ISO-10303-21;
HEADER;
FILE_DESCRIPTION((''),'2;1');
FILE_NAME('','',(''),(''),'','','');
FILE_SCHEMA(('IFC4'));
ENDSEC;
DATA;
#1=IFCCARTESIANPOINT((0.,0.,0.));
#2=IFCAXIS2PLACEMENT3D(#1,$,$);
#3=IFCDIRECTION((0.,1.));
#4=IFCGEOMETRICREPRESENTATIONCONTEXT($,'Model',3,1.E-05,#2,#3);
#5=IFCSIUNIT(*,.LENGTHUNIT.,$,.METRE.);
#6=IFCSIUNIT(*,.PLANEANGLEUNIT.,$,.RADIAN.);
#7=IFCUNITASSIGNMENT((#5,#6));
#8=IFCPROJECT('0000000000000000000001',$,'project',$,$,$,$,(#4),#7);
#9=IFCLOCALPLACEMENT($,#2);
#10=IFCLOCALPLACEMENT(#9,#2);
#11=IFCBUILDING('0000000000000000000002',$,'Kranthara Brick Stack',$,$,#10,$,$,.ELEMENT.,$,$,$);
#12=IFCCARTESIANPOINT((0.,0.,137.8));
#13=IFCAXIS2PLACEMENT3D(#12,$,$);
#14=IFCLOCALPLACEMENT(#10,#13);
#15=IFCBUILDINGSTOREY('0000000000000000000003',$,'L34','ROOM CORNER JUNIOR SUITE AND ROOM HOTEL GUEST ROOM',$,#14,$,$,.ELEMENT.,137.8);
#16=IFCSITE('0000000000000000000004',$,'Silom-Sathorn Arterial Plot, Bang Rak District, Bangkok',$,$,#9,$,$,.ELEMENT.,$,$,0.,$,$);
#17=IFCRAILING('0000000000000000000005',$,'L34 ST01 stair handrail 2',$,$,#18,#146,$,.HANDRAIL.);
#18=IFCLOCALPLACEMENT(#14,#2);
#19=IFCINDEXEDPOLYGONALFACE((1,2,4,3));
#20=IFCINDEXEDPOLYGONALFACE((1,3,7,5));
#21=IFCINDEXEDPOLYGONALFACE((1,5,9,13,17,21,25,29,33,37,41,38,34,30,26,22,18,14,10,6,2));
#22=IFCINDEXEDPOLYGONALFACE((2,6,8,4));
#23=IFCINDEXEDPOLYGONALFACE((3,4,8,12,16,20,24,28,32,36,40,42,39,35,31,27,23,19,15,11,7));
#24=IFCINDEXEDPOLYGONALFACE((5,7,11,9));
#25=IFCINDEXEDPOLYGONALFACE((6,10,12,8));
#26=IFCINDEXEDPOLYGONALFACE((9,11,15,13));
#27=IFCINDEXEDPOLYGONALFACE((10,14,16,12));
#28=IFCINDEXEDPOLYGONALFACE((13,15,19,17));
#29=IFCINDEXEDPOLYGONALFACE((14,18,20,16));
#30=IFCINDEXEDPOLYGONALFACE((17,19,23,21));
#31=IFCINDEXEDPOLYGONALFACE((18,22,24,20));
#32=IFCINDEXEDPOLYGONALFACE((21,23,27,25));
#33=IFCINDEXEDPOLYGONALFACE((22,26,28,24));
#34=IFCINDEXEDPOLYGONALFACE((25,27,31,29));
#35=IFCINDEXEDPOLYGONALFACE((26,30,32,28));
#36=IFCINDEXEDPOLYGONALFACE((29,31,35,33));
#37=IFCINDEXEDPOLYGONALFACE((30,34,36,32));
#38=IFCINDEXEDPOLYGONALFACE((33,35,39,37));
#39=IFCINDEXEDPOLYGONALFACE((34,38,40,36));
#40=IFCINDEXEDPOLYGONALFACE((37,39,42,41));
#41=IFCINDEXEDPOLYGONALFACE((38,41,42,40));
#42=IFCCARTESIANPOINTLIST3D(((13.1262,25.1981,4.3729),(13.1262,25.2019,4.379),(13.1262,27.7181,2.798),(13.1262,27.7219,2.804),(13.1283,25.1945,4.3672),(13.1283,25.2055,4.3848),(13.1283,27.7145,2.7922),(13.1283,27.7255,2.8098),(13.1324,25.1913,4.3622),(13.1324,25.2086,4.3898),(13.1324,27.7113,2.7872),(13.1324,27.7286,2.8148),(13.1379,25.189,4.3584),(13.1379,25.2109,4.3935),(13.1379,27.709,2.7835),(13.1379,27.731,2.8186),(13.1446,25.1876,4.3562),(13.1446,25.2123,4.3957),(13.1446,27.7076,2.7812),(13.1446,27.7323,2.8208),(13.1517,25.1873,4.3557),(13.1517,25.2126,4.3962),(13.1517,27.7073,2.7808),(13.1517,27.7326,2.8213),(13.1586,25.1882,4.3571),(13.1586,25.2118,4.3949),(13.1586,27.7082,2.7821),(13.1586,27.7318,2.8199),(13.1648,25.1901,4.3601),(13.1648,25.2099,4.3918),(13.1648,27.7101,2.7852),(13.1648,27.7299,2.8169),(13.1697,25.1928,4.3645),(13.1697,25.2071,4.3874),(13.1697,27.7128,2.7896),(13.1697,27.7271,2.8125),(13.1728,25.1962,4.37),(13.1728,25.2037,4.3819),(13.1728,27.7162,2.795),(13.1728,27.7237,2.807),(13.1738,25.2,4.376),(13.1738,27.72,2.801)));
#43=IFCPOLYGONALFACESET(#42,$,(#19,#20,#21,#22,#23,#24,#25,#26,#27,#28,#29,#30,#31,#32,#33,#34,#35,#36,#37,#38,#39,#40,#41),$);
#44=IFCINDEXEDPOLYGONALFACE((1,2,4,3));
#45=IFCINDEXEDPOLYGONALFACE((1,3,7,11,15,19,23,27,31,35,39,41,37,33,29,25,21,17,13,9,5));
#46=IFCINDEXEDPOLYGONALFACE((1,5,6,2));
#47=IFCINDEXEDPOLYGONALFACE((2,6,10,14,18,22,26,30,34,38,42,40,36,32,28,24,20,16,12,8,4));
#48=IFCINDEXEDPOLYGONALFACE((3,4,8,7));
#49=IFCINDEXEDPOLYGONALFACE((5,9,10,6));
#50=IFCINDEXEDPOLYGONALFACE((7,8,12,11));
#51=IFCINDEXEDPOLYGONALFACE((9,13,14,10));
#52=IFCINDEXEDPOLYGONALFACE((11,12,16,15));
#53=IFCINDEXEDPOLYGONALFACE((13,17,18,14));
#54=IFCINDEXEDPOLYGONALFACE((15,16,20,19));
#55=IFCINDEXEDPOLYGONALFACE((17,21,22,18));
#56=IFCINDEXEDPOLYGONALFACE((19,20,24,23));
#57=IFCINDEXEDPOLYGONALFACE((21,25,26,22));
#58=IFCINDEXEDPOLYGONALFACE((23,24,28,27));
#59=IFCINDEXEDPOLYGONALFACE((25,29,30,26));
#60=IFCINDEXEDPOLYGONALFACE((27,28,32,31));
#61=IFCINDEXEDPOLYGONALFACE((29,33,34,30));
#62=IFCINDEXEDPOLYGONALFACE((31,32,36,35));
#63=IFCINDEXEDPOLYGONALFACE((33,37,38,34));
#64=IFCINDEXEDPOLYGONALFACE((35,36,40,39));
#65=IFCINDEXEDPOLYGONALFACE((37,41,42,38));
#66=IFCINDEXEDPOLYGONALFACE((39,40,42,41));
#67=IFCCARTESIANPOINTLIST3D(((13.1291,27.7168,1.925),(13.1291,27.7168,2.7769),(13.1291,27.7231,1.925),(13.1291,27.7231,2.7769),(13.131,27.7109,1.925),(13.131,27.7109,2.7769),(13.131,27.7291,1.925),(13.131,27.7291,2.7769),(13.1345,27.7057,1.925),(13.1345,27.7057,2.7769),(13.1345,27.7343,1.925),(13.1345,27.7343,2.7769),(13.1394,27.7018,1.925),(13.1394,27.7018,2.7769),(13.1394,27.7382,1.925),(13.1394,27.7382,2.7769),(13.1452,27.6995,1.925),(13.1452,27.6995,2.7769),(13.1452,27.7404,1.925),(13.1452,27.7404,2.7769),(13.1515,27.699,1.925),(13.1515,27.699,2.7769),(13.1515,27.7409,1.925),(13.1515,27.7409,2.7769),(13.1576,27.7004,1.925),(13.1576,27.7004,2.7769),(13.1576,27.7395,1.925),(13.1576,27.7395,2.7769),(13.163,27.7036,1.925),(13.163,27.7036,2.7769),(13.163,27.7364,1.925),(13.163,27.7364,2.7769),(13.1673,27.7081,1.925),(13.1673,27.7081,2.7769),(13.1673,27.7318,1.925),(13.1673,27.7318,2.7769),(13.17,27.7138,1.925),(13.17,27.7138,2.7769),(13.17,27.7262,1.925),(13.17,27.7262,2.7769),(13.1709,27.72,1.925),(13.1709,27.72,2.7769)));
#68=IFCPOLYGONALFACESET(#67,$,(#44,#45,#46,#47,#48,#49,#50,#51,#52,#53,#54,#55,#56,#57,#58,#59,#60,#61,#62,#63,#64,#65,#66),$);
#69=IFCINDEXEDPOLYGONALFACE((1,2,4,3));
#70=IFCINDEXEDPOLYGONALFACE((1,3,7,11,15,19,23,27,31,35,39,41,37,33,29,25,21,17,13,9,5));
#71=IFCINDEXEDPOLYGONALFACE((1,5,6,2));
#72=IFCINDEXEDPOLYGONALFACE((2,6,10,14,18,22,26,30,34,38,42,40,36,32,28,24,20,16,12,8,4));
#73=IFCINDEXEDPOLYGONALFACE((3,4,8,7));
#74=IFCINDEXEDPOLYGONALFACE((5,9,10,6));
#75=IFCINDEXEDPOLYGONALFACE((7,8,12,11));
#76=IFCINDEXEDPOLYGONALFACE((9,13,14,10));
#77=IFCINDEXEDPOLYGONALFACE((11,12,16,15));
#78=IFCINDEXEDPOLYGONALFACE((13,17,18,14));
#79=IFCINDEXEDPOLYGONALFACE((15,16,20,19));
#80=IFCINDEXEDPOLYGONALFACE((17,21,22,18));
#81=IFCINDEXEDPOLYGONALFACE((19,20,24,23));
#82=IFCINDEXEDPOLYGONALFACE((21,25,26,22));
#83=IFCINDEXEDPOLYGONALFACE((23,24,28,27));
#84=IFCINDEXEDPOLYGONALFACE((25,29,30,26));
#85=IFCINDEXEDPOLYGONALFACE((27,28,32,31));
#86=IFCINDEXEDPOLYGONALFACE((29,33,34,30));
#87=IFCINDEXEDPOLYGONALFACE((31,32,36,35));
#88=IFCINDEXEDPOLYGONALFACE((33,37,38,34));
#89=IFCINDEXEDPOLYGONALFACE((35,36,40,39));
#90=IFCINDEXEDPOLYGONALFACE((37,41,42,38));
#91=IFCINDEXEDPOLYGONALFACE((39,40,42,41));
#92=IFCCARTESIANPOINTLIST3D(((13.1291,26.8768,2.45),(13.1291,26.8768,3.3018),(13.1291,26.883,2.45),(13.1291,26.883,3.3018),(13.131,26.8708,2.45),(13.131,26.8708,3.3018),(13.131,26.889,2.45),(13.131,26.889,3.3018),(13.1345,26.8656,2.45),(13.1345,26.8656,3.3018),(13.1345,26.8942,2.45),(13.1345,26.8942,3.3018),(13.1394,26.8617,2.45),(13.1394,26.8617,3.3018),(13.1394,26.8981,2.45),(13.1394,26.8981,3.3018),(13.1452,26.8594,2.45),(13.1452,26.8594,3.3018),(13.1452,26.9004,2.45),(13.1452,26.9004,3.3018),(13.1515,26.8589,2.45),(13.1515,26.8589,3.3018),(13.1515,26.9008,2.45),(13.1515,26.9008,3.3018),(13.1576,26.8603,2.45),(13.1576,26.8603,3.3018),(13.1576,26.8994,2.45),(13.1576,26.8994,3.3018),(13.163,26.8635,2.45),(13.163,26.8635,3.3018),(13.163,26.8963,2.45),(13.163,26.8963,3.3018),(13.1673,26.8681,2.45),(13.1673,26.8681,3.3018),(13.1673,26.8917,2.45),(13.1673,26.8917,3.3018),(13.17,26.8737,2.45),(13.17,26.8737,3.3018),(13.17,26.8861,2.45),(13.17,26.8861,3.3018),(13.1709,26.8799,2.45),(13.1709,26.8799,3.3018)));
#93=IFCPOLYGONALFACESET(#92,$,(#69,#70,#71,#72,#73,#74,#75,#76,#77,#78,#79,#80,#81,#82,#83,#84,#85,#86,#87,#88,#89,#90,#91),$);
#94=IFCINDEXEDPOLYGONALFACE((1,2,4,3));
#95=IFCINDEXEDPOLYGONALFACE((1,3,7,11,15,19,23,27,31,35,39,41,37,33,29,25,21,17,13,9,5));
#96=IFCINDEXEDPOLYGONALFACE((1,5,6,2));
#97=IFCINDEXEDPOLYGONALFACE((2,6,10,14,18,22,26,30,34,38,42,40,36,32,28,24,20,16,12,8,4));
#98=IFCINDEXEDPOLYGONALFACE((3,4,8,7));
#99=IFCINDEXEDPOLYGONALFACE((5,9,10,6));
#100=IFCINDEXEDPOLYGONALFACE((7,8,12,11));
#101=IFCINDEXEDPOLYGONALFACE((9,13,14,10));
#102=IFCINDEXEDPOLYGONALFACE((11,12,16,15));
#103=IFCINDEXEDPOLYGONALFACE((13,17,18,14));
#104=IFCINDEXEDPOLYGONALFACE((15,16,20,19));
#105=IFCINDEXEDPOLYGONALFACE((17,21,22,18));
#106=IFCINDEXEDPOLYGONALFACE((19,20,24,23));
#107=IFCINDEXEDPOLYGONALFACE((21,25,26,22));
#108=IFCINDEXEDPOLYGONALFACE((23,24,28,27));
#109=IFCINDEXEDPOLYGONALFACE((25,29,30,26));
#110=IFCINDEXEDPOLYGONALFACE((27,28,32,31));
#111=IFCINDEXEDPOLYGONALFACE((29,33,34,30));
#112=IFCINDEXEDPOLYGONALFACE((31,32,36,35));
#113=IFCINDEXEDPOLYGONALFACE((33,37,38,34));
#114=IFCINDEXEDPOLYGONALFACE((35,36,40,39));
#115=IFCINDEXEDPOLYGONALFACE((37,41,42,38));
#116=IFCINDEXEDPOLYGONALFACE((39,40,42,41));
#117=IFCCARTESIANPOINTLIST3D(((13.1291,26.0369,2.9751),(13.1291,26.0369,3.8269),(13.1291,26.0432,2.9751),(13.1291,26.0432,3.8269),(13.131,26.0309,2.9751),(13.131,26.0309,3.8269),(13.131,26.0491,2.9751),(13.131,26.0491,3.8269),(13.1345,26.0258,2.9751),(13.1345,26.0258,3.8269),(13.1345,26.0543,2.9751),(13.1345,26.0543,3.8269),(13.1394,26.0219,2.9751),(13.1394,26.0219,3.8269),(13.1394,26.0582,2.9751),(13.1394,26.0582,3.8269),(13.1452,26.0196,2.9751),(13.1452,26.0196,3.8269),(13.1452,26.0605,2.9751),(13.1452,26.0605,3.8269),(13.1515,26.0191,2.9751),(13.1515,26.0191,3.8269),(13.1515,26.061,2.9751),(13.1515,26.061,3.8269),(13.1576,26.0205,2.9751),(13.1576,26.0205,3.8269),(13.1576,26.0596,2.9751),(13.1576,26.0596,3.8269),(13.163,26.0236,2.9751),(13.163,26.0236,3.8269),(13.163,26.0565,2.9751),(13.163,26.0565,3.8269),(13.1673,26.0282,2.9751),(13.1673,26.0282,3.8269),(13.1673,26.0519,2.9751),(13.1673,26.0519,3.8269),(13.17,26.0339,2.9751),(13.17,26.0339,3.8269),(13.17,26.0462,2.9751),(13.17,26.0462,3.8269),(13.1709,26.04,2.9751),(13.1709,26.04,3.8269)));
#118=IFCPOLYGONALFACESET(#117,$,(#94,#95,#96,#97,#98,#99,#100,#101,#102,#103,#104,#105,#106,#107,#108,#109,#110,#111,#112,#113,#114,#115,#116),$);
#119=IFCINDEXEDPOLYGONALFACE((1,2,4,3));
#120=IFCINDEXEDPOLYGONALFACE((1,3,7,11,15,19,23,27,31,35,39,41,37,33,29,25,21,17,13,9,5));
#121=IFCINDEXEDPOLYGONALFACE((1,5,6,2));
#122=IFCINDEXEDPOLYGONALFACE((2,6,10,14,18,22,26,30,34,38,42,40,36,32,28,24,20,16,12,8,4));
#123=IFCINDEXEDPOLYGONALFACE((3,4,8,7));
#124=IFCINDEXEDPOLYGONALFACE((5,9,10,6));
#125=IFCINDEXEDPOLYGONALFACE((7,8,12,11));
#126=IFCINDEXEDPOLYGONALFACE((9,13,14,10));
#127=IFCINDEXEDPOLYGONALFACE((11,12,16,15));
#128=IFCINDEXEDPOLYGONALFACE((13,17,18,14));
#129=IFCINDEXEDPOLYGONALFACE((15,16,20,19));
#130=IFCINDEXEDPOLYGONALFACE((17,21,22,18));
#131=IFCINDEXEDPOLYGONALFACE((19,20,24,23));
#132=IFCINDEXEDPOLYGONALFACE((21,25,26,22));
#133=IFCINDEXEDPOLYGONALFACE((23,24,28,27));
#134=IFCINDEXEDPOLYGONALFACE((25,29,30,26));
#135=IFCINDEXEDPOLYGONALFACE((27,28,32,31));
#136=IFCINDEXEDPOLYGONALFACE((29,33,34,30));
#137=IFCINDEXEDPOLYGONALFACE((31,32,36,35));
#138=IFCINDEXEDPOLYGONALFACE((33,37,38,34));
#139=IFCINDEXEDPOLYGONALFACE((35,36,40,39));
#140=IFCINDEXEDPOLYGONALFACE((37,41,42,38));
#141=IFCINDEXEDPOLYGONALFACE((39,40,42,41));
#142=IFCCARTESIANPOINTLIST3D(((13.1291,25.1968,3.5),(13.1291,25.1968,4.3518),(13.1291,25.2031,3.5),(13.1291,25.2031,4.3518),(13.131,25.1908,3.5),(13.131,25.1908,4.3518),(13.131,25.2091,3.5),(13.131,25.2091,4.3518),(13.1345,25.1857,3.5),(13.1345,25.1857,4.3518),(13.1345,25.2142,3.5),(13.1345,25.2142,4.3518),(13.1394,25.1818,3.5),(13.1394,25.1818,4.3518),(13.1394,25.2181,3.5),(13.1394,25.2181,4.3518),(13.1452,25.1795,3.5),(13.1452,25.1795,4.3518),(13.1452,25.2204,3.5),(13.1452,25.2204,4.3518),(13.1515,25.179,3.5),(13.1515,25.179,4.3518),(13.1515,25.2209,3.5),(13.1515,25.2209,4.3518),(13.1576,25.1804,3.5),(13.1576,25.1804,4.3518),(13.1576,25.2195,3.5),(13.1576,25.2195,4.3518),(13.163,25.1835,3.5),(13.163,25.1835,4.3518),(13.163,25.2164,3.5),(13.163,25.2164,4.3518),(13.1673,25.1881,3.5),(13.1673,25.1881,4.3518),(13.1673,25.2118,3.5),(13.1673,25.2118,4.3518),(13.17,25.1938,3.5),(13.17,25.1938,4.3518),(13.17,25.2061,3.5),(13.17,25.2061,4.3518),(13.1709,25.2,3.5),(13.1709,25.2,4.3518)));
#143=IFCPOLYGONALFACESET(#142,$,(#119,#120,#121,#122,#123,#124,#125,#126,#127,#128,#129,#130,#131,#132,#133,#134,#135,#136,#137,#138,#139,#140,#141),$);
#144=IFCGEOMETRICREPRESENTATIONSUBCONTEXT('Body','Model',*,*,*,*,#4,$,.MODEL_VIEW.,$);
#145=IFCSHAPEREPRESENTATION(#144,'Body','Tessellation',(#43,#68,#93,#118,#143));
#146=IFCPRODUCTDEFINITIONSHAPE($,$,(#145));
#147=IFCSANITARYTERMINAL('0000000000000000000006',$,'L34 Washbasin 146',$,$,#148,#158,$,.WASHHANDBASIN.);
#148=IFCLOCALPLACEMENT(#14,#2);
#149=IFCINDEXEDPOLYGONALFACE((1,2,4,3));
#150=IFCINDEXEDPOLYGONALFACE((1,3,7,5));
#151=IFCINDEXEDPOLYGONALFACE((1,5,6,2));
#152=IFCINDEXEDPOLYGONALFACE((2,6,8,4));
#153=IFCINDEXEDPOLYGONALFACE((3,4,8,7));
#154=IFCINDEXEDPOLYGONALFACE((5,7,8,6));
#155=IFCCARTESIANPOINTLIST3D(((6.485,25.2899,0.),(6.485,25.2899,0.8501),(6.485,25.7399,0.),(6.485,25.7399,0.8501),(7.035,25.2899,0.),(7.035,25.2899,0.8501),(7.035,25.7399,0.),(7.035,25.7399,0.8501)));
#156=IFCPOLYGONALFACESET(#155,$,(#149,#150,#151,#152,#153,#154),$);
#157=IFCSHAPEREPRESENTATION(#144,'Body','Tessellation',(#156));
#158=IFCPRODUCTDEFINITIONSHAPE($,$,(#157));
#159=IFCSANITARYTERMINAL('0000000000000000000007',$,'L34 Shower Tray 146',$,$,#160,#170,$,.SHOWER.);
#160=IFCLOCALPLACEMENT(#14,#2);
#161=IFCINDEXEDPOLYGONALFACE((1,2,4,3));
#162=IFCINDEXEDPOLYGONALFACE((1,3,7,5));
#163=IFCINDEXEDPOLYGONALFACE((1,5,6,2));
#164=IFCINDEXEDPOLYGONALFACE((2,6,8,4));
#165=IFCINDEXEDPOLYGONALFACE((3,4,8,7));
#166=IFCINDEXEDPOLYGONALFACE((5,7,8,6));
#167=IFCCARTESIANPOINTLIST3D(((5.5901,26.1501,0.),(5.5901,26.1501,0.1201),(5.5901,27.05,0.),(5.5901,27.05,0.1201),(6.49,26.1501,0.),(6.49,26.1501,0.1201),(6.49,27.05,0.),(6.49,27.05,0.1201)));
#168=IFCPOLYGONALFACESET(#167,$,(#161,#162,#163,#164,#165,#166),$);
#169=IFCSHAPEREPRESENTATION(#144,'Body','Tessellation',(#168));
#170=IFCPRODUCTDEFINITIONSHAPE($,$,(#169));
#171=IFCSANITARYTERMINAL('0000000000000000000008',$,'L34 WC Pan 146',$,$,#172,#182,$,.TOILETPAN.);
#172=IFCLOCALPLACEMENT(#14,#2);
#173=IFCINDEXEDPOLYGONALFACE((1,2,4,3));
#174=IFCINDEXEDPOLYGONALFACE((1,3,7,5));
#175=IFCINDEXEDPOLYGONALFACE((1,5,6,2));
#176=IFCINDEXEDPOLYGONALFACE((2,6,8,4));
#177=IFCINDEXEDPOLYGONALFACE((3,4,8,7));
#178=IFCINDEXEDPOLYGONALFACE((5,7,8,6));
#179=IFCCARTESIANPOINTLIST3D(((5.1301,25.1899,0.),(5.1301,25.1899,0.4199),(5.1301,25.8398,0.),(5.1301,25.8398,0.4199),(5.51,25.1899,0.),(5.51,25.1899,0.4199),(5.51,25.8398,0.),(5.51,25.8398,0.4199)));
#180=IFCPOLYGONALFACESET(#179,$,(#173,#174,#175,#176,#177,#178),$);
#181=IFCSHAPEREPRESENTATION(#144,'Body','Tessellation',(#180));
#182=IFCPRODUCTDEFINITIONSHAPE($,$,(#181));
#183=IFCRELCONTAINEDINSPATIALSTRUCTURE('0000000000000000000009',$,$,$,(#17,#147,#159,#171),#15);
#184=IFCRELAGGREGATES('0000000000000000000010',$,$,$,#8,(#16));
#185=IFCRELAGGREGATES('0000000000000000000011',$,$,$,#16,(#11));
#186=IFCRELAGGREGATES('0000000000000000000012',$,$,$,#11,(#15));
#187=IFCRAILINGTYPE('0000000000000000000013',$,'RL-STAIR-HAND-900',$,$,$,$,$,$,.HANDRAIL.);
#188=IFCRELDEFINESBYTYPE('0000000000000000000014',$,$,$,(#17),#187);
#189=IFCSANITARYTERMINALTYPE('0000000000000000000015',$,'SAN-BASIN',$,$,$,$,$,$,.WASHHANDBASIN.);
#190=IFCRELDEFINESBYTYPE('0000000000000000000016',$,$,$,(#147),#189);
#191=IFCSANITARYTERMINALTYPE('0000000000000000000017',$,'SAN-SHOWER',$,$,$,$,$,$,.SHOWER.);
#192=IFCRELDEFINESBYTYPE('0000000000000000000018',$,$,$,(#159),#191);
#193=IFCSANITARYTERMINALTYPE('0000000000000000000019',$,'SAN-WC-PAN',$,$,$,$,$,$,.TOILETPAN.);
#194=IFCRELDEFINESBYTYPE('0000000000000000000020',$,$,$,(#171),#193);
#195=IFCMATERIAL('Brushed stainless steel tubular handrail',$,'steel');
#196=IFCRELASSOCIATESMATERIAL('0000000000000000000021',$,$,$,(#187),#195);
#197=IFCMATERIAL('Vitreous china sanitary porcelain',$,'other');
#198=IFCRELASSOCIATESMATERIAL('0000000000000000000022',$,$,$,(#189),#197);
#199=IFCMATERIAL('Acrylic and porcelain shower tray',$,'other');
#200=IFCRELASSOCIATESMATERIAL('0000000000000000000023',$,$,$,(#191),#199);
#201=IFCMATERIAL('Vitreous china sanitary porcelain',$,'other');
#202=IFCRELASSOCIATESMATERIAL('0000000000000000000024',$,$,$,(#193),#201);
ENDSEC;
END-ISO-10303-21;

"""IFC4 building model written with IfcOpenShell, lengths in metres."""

from ifc_helpers import new_model, si_unit, direction, frame, origin, origin_2d, place, context, subcontext, project, spatial, rectangle, circle, extrude, material, type_object, element, save


model = new_model("IFC4")

# Units and contexts
model_context = context("Model", 3, precision=1e-05, world=origin(), true_north=direction((0.0, 1.0)))
body_context = subcontext(model_context, "Body", "Model", "MODEL_VIEW")
ifc_project = project(units=[si_unit("LENGTHUNIT", "METRE"), si_unit("PLANEANGLEUNIT", "RADIAN")], contexts=[model_context])

# Site, building, storey
site_placement = place(None, origin())
site = spatial("IfcSite", under=ifc_project, at=site_placement, Name="Silom-Sathorn Arterial Plot, Bang Rak District, Bangkok", CompositionType="ELEMENT", RefElevation=0.0)
building_placement = place(site_placement, origin())
building = spatial("IfcBuilding", under=site, at=building_placement, Name="Kranthara Brick Stack", CompositionType="ELEMENT")
storey_placement = place(building_placement, frame((0.0, 0.0, 137.8)))
storey = spatial("IfcBuildingStorey", under=building, at=storey_placement, Name="L34", Description="ROOM CORNER JUNIOR SUITE AND ROOM HOTEL GUEST ROOM", CompositionType="ELEMENT", Elevation=137.8)

# Railing
ifc_material_1 = material(Name="Brushed stainless steel tubular handrail", Category="steel")
railing_type_1 = type_object("IfcRailingType", Name="RL-STAIR-HAND-900", PredefinedType="HANDRAIL", material=ifc_material_1)
railing_1_placement = place(storey_placement, frame((13.1499, 27.72, 1.925)))
element("IfcRailing", 1, at=railing_1_placement, inside=storey, type_object=railing_type_1, Name="L34 ST01 stair handrail 2", PredefinedType="HANDRAIL", context=body_context, shape_type="SweptSolid", body=[
    extrude(circle(Radius=0.0239, at=origin_2d()), frame((0.0, 0.0, 0.876), z_axis=(0.0, -0.848008, 0.529984), x_axis=(1.0, 0.0, 0.0)), (0.0, 0.0, 1.0), 2.9717),
    extrude(circle(Radius=0.021, at=origin_2d()), origin(), (0.0, 0.0, 1.0), 0.8518),
    extrude(circle(Radius=0.021, at=origin_2d()), frame((0.0, -0.8401, 0.5249)), (0.0, 0.0, 1.0), 0.8518),
    extrude(circle(Radius=0.021, at=origin_2d()), frame((0.0, -1.6799, 1.05)), (0.0, 0.0, 1.0), 0.8518),
    extrude(circle(Radius=0.021, at=origin_2d()), frame((0.0, -2.52, 1.575)), (0.0, 0.0, 1.0), 0.8518),
])

# Sanitary terminals
ifc_material_2 = material(Name="Vitreous china sanitary porcelain", Category="other")
sanitary_terminal_type_1 = type_object("IfcSanitaryTerminalType", Name="SAN-BASIN", PredefinedType="WASHHANDBASIN", material=ifc_material_2)
sanitary_terminal_1_placement = place(storey_placement, frame((6.76, 25.5149, 0.0), z_axis=(0.0, 0.0, 1.0), x_axis=(1.0, 0.0, 0.0)))
element("IfcSanitaryTerminal", 2, at=sanitary_terminal_1_placement, inside=storey, type_object=sanitary_terminal_type_1, Name="L34 Washbasin 146", PredefinedType="WASHHANDBASIN", context=body_context, shape_type="SweptSolid", body=[
    extrude(rectangle(XDim=0.55, YDim=0.45, at=origin_2d()), origin(), (0.0, 0.0, 1.0), 0.8501),
])
ifc_material_3 = material(Name="Acrylic and porcelain shower tray", Category="other")
sanitary_terminal_type_2 = type_object("IfcSanitaryTerminalType", Name="SAN-SHOWER", PredefinedType="SHOWER", material=ifc_material_3)
sanitary_terminal_2_placement = place(storey_placement, frame((6.04, 26.6001, 0.0), z_axis=(0.0, 0.0, 1.0), x_axis=(1.0, 0.0, 0.0)))
element("IfcSanitaryTerminal", 3, at=sanitary_terminal_2_placement, inside=storey, type_object=sanitary_terminal_type_2, Name="L34 Shower Tray 146", PredefinedType="SHOWER", context=body_context, shape_type="SweptSolid", body=[
    extrude(rectangle(XDim=0.8999, YDim=0.8999, at=origin_2d()), origin(), (0.0, 0.0, 1.0), 0.1201),
])
ifc_material_4 = material(Name="Vitreous china sanitary porcelain", Category="other")
sanitary_terminal_type_3 = type_object("IfcSanitaryTerminalType", Name="SAN-WC-PAN", PredefinedType="TOILETPAN", material=ifc_material_4)
sanitary_terminal_3_placement = place(storey_placement, frame((5.3201, 25.5149, 0.0), z_axis=(0.0, 0.0, 1.0), x_axis=(1.0, 0.0, 0.0)))
element("IfcSanitaryTerminal", 4, at=sanitary_terminal_3_placement, inside=storey, type_object=sanitary_terminal_type_3, Name="L34 WC Pan 146", PredefinedType="TOILETPAN", context=body_context, shape_type="SweptSolid", body=[
    extrude(rectangle(XDim=0.3799, YDim=0.6499, at=origin_2d()), origin(), (0.0, 0.0, 1.0), 0.4199),
])

save(model, "model.ifc")
